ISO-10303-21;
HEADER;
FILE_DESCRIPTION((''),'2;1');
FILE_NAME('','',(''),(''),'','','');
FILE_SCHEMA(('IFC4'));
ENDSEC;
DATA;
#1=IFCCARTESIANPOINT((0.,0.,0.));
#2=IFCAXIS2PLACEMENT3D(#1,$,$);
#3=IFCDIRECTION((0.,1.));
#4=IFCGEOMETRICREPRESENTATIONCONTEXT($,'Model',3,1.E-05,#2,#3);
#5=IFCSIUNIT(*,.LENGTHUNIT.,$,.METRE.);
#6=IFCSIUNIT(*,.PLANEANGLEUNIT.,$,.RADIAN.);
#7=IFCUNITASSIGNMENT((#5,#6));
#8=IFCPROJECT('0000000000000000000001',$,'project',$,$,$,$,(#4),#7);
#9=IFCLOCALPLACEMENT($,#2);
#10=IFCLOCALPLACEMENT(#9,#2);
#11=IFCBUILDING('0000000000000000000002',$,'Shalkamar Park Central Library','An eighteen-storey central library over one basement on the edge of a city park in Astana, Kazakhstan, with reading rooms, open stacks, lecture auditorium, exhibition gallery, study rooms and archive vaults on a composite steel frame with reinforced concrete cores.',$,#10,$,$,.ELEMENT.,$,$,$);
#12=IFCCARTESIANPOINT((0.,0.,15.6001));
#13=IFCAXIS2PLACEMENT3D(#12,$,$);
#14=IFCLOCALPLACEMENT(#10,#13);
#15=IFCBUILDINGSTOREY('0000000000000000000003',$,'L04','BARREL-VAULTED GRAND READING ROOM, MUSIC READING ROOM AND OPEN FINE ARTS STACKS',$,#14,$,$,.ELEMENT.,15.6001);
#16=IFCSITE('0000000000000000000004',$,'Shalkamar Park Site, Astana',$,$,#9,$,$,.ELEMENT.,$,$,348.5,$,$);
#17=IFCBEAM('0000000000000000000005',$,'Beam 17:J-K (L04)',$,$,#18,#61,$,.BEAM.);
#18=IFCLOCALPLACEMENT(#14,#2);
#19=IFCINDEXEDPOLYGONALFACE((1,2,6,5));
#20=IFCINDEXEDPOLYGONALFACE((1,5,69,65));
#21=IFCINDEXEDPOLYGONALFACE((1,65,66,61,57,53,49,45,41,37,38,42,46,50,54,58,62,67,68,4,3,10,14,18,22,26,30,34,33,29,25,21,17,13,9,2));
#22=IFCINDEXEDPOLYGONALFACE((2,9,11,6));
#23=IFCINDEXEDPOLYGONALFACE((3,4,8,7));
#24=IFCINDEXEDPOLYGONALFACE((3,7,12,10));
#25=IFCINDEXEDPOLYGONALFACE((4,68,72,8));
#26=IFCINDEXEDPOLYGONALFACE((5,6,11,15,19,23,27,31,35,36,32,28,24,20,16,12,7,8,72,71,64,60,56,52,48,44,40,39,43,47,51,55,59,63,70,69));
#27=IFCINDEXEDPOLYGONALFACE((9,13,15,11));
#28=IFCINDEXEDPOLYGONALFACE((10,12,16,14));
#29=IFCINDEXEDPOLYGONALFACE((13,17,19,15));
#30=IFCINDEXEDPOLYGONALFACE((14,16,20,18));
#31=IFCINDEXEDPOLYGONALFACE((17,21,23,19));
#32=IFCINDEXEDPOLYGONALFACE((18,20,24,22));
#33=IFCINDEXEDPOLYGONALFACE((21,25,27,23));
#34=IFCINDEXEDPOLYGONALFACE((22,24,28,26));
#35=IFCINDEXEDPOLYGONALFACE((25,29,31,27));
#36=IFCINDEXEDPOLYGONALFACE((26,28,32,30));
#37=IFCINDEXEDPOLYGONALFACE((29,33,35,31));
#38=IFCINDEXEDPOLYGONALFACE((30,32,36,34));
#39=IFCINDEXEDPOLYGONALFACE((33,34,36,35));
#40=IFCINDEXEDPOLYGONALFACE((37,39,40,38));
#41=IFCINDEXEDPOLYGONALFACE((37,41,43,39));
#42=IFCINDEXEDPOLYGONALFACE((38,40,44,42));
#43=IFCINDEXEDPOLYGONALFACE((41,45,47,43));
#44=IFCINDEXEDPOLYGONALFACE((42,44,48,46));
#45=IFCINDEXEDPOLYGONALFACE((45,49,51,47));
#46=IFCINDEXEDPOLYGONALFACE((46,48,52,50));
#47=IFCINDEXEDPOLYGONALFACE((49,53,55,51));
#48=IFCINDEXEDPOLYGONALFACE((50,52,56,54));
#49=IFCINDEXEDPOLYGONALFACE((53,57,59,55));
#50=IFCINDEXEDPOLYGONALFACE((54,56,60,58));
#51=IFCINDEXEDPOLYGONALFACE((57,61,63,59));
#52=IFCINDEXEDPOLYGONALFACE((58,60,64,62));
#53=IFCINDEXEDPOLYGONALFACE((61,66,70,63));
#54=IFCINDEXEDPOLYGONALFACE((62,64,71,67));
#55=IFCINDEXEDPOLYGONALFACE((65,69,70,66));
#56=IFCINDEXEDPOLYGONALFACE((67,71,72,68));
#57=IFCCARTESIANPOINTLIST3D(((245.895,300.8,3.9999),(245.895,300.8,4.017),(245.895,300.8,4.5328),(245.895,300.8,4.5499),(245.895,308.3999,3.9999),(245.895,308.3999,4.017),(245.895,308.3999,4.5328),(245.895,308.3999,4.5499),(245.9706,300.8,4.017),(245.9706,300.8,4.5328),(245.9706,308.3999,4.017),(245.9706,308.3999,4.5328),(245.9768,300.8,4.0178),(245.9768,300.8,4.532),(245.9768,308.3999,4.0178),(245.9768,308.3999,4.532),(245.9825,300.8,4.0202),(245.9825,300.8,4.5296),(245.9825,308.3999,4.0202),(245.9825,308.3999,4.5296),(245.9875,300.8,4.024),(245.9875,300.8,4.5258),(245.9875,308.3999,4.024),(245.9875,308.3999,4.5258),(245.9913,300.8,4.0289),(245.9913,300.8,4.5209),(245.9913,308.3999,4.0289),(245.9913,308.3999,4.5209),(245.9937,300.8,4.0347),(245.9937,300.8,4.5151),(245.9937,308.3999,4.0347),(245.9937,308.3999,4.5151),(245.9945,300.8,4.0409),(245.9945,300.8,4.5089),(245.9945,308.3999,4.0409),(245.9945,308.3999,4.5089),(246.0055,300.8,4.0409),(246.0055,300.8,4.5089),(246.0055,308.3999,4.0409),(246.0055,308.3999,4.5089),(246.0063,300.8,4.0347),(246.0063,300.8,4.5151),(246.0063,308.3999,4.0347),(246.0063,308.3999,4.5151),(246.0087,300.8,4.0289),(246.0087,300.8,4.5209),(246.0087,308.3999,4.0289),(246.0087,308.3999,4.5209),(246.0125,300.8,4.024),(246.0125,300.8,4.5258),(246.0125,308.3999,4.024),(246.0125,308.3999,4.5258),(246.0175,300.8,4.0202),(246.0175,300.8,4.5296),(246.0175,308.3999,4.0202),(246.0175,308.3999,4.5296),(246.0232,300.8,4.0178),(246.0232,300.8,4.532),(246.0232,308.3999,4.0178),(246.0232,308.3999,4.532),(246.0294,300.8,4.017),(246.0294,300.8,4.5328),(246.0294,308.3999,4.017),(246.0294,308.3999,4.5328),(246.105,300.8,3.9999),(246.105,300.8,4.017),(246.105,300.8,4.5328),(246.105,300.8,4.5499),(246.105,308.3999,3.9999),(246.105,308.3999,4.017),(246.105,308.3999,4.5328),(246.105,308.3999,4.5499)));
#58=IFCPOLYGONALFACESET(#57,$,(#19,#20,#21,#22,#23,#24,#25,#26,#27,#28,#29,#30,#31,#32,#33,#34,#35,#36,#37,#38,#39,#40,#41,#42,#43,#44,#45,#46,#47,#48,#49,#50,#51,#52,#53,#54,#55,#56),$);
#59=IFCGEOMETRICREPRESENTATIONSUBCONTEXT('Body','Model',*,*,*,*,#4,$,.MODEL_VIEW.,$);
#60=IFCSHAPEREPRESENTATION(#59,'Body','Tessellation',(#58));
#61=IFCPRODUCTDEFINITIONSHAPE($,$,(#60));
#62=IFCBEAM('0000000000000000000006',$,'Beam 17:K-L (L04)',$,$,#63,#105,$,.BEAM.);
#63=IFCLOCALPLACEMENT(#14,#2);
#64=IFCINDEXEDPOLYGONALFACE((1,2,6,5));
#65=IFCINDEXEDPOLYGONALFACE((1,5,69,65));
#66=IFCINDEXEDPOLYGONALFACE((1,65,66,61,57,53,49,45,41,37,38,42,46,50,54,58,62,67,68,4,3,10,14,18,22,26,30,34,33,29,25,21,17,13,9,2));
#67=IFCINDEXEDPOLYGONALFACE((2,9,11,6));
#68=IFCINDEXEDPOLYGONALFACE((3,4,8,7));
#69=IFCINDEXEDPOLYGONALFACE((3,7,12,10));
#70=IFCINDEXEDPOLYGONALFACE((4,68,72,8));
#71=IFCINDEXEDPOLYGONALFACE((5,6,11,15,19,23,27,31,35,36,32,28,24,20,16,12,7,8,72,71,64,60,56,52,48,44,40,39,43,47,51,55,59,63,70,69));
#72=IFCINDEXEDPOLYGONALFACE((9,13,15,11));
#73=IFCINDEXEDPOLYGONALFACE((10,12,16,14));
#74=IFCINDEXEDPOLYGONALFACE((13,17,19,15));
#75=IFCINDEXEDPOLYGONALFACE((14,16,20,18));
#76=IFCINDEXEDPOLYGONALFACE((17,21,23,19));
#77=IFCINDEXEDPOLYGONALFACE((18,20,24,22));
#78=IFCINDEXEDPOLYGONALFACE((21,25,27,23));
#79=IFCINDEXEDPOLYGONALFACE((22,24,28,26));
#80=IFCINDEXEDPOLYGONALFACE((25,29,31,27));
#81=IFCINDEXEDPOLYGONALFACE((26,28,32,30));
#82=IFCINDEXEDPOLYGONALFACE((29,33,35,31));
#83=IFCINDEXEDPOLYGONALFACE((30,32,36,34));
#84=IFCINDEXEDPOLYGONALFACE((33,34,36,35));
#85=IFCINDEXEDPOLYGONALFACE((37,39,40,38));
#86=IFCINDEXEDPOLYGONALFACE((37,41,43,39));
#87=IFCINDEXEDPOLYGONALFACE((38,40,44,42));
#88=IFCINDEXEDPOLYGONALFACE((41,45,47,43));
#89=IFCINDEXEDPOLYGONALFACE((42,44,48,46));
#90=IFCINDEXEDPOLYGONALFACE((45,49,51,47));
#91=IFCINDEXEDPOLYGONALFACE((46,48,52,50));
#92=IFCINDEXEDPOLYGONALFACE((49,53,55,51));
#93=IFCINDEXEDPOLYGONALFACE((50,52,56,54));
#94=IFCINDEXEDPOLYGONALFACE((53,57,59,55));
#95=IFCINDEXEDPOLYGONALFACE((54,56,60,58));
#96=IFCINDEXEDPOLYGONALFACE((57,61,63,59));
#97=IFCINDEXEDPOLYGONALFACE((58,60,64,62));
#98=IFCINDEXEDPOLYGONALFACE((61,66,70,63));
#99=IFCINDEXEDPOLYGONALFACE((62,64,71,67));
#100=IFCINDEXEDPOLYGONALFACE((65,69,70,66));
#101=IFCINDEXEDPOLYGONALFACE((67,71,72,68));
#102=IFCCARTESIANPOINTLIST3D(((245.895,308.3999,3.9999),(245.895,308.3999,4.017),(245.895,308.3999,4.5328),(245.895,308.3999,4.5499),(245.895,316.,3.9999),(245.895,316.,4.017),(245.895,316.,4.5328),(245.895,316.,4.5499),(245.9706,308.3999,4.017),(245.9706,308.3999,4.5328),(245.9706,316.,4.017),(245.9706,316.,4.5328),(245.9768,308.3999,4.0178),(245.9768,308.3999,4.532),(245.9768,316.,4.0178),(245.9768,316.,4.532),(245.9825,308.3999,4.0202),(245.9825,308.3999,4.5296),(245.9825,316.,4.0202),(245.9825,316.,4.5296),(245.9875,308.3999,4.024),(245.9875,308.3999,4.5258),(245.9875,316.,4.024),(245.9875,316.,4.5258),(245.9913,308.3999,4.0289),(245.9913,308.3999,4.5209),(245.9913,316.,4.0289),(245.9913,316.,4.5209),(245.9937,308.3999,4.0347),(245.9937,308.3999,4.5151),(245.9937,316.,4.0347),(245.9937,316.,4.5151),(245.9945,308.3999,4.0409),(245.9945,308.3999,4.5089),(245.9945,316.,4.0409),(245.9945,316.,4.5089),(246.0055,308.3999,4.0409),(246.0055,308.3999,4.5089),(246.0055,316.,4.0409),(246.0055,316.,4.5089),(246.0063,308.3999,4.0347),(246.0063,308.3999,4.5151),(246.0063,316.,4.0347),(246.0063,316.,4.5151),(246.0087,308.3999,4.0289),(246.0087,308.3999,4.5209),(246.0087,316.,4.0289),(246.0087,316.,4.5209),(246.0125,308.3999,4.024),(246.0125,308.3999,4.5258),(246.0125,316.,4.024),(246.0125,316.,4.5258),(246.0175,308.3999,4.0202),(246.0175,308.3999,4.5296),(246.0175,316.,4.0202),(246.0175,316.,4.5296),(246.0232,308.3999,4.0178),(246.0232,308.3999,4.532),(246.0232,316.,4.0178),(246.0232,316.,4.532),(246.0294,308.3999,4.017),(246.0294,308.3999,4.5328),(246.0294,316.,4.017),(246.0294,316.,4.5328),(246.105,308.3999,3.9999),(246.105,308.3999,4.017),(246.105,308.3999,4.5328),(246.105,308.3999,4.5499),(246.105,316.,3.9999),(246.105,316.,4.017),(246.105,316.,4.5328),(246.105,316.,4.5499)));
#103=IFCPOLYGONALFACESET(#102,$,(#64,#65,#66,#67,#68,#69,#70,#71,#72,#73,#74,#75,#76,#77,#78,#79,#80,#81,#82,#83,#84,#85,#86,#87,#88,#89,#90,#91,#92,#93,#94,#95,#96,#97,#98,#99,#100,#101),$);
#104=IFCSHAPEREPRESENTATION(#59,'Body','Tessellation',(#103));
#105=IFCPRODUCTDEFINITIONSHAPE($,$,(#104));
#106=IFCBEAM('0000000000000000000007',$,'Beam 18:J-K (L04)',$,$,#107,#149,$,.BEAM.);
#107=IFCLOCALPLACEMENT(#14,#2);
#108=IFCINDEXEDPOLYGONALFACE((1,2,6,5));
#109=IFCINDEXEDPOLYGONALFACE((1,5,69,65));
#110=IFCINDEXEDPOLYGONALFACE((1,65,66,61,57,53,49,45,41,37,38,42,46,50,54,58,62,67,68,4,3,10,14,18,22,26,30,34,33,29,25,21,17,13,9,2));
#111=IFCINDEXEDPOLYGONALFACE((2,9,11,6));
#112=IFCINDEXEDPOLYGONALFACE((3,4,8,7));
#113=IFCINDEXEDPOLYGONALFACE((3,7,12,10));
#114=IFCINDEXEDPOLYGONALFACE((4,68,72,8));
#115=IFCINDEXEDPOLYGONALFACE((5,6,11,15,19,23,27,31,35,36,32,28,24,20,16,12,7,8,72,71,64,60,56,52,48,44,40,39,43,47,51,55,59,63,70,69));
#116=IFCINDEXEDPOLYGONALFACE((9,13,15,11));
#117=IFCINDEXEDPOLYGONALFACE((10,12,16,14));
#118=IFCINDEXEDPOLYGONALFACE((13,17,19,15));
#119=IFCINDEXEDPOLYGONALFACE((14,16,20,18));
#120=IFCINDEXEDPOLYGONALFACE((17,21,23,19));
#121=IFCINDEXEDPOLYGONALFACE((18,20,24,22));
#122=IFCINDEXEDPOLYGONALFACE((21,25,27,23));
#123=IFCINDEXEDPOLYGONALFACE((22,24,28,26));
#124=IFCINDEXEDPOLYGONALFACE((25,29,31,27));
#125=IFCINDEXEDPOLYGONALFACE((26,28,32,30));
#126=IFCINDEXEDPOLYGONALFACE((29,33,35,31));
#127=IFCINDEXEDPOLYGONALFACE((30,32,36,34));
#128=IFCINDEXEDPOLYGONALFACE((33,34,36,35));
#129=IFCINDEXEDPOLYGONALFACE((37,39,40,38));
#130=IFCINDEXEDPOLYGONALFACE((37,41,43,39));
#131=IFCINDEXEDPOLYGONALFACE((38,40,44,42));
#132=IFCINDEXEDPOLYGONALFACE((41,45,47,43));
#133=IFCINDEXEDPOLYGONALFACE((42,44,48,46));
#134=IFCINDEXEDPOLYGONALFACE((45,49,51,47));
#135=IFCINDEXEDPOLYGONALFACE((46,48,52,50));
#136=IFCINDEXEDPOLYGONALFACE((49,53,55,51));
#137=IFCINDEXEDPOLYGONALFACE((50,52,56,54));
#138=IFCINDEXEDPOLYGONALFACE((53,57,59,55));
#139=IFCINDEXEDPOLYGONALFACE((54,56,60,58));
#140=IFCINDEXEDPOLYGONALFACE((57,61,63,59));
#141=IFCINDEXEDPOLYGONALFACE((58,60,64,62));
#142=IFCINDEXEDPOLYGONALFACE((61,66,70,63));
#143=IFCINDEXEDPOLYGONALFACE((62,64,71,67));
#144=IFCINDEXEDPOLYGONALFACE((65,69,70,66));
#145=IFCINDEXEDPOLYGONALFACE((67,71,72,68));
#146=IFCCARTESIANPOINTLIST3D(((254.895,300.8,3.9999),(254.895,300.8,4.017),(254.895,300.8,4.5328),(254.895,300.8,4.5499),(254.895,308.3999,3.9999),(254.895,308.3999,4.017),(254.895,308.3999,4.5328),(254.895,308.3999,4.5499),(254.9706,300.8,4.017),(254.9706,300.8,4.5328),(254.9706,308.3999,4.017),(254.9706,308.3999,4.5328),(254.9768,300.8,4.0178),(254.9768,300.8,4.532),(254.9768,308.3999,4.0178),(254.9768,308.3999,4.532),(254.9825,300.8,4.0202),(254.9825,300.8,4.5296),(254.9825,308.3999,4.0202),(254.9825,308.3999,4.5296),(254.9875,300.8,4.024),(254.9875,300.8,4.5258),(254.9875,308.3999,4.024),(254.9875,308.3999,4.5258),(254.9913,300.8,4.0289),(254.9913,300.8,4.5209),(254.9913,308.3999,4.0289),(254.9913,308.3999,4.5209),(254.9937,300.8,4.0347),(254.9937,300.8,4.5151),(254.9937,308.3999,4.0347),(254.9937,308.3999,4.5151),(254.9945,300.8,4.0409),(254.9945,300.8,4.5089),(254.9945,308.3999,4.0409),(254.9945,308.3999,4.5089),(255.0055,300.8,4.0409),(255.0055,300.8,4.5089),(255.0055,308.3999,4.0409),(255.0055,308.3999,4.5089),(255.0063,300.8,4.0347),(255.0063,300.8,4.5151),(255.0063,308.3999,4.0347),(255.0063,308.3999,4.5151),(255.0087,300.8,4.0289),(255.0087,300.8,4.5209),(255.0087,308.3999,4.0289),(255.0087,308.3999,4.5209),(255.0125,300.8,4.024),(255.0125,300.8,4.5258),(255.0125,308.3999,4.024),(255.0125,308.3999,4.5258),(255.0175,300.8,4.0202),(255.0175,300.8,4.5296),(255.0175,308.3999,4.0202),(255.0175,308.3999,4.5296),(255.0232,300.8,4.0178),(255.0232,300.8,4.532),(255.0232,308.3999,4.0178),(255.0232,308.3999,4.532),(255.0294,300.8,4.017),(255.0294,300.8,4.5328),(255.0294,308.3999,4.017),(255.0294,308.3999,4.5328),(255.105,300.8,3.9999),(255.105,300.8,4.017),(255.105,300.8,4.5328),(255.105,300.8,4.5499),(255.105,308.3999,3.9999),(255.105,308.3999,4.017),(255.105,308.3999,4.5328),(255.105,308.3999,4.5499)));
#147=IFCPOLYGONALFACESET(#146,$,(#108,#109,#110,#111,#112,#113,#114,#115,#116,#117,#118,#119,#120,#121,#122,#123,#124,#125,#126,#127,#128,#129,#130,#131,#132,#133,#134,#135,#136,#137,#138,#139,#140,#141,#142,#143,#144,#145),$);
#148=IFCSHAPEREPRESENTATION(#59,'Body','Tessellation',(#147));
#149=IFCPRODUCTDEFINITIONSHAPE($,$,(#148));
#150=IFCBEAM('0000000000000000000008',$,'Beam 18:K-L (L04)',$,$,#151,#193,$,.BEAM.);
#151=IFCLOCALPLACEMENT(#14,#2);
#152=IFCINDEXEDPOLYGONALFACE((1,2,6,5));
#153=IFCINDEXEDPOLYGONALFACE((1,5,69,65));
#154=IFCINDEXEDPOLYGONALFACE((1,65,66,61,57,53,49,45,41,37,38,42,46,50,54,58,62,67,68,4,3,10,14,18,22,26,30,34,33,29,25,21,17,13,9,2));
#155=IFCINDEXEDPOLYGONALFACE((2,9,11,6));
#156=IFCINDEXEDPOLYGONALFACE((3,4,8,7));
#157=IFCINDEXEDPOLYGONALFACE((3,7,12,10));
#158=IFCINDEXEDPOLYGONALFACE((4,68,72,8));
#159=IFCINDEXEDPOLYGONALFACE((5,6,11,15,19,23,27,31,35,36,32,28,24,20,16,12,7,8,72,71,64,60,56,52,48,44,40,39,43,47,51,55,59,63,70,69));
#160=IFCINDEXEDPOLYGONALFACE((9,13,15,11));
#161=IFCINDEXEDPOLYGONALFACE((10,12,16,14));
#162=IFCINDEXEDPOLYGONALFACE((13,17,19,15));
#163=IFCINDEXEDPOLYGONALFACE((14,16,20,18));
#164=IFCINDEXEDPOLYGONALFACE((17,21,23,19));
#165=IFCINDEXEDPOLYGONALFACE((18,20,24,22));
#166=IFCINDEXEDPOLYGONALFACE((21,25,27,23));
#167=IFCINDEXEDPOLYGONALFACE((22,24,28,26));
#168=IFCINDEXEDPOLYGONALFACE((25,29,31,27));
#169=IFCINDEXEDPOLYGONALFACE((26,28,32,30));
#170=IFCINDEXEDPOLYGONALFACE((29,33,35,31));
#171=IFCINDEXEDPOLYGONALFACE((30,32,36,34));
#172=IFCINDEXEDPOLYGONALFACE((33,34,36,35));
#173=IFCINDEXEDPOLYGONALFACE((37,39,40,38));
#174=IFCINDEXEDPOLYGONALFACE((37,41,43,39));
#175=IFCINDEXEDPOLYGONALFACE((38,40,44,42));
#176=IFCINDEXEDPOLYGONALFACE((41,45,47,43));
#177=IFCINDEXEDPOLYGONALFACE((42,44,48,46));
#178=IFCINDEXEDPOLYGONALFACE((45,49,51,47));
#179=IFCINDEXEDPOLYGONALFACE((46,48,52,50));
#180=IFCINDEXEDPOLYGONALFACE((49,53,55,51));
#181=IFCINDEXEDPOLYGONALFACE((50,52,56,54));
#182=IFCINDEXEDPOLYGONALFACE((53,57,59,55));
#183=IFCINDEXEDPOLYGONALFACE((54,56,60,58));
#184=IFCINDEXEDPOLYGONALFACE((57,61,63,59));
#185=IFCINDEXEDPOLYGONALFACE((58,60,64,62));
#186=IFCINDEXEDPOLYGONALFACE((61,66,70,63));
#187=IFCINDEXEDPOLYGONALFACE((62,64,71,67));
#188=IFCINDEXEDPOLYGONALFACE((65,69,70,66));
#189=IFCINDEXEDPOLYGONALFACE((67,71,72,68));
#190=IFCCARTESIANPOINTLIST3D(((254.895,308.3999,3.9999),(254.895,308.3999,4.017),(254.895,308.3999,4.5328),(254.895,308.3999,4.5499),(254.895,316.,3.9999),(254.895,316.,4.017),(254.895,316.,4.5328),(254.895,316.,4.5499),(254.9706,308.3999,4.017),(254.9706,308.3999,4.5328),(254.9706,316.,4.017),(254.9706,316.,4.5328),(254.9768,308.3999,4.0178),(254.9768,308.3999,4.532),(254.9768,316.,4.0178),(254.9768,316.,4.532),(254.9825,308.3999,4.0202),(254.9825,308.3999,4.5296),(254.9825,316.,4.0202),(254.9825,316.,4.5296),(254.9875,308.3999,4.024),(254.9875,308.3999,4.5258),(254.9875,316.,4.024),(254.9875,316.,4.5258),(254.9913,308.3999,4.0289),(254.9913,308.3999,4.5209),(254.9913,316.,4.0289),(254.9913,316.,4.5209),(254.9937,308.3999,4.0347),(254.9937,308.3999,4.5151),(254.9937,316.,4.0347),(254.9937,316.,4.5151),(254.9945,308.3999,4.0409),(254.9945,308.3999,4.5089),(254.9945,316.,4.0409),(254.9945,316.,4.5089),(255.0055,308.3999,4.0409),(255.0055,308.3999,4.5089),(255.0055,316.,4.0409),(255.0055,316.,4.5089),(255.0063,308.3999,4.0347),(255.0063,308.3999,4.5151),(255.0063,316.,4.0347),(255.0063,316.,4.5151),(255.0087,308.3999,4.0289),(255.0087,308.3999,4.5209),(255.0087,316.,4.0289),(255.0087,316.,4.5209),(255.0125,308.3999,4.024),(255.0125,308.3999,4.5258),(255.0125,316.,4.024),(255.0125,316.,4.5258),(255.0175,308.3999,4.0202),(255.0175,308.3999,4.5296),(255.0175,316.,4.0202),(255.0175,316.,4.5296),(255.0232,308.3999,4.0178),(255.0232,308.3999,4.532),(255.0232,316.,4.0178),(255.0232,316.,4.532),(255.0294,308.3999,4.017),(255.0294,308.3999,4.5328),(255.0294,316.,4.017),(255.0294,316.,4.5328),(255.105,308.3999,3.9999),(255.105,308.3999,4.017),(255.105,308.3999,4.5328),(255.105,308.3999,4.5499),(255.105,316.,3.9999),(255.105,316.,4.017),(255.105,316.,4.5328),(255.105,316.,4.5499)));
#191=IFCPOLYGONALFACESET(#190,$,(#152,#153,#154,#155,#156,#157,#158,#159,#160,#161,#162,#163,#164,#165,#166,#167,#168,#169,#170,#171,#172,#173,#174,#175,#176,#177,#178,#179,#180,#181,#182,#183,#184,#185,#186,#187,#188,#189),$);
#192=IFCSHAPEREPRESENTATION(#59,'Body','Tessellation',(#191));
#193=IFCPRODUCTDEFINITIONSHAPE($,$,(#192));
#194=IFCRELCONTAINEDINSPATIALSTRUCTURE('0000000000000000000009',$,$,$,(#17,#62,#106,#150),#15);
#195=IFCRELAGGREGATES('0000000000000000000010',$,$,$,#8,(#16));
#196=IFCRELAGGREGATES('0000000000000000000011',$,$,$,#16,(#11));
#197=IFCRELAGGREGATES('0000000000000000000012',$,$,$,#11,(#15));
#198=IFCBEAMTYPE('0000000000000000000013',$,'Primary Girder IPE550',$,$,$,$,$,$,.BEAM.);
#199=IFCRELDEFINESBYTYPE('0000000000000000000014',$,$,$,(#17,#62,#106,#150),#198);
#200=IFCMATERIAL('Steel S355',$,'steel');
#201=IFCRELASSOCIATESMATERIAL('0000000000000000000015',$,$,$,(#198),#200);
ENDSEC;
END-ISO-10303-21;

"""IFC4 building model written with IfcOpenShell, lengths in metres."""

from ifc_helpers import new_model, si_unit, direction, frame, origin, origin_2d, place, context, subcontext, project, spatial, i_section, extrude, material, material_profile, profile_set, type_object, element, save


model = new_model("IFC4")

# Units and contexts
model_context = context("Model", 3, precision=1e-05, world=origin(), true_north=direction((0.0, 1.0)))
body_context = subcontext(model_context, "Body", "Model", "MODEL_VIEW")
ifc_project = project(units=[si_unit("LENGTHUNIT", "METRE"), si_unit("PLANEANGLEUNIT", "RADIAN")], contexts=[model_context])

# Site, building, storey
site_placement = place(None, origin())
site = spatial("IfcSite", under=ifc_project, at=site_placement, Name="Shalkamar Park Site, Astana", CompositionType="ELEMENT", RefElevation=348.5)
building_placement = place(site_placement, origin())
building = spatial("IfcBuilding", under=site, at=building_placement, Name="Shalkamar Park Central Library", Description="An eighteen-storey central library over one basement on the edge of a city park in Astana, Kazakhstan, with reading rooms, open stacks, lecture auditorium, exhibition gallery, study rooms and archive vaults on a composite steel frame with reinforced concrete cores.", CompositionType="ELEMENT")
storey_placement = place(building_placement, frame((0.0, 0.0, 15.6001)))
storey = spatial("IfcBuildingStorey", under=building, at=storey_placement, Name="L04", Description="BARREL-VAULTED GRAND READING ROOM, MUSIC READING ROOM AND OPEN FINE ARTS STACKS", CompositionType="ELEMENT", Elevation=15.6001)

# Shared definitions
ifc_material_1 = material(Name="Steel S355", Category="steel")

# Beams
ifc_material_profile_1 = material_profile(ifc_material_1, i_section(OverallWidth=0.21, OverallDepth=0.55, WebThickness=0.011, FlangeThickness=0.0171, FilletRadius=0.0239, at=origin_2d()), Name="IPE 550")
ifc_profile_set_1 = profile_set([ifc_material_profile_1], Name="Steel S355")
beam_type_1 = type_object("IfcBeamType", Name="Primary Girder IPE550", PredefinedType="BEAM", material=ifc_profile_set_1)
beam_1_placement = place(storey_placement, frame((246.0, 300.8, 4.2749), z_axis=(0.0, 1.0, 0.0), x_axis=(-1.0, 0.0, 0.0)))
element("IfcBeam", 1, at=beam_1_placement, inside=storey, type_object=beam_type_1, Name="Beam 17:J-K (L04)", PredefinedType="BEAM", context=body_context, shape_type="SweptSolid", body=[
    extrude(i_section(OverallWidth=0.21, OverallDepth=0.55, WebThickness=0.011, FlangeThickness=0.0171, FilletRadius=0.0239, at=origin_2d()), origin(), (0.0, 0.0, 1.0), 7.5999),
])
beam_2_placement = place(storey_placement, frame((246.0, 308.3999, 4.2749), z_axis=(0.0, 1.0, 0.0), x_axis=(-1.0, 0.0, 0.0)))
element("IfcBeam", 2, at=beam_2_placement, inside=storey, type_object=beam_type_1, Name="Beam 17:K-L (L04)", PredefinedType="BEAM", context=body_context, shape_type="SweptSolid", body=[
    extrude(i_section(OverallWidth=0.21, OverallDepth=0.55, WebThickness=0.011, FlangeThickness=0.0171, FilletRadius=0.0239, at=origin_2d()), origin(), (0.0, 0.0, 1.0), 7.6001),
])
beam_3_placement = place(storey_placement, frame((255.0, 300.8, 4.2749), z_axis=(0.0, 1.0, 0.0), x_axis=(-1.0, 0.0, 0.0)))
element("IfcBeam", 3, at=beam_3_placement, inside=storey, type_object=beam_type_1, Name="Beam 18:J-K (L04)", PredefinedType="BEAM", context=body_context, shape_type="SweptSolid", body=[
    extrude(i_section(OverallWidth=0.21, OverallDepth=0.55, WebThickness=0.011, FlangeThickness=0.0171, FilletRadius=0.0239, at=origin_2d()), origin(), (0.0, 0.0, 1.0), 7.5999),
])
beam_4_placement = place(storey_placement, frame((255.0, 308.3999, 4.2749), z_axis=(0.0, 1.0, 0.0), x_axis=(-1.0, 0.0, 0.0)))
element("IfcBeam", 4, at=beam_4_placement, inside=storey, type_object=beam_type_1, Name="Beam 18:K-L (L04)", PredefinedType="BEAM", context=body_context, shape_type="SweptSolid", body=[
    extrude(i_section(OverallWidth=0.21, OverallDepth=0.55, WebThickness=0.011, FlangeThickness=0.0171, FilletRadius=0.0239, at=origin_2d()), origin(), (0.0, 0.0, 1.0), 7.6001),
])

save(model, "model.ifc")
